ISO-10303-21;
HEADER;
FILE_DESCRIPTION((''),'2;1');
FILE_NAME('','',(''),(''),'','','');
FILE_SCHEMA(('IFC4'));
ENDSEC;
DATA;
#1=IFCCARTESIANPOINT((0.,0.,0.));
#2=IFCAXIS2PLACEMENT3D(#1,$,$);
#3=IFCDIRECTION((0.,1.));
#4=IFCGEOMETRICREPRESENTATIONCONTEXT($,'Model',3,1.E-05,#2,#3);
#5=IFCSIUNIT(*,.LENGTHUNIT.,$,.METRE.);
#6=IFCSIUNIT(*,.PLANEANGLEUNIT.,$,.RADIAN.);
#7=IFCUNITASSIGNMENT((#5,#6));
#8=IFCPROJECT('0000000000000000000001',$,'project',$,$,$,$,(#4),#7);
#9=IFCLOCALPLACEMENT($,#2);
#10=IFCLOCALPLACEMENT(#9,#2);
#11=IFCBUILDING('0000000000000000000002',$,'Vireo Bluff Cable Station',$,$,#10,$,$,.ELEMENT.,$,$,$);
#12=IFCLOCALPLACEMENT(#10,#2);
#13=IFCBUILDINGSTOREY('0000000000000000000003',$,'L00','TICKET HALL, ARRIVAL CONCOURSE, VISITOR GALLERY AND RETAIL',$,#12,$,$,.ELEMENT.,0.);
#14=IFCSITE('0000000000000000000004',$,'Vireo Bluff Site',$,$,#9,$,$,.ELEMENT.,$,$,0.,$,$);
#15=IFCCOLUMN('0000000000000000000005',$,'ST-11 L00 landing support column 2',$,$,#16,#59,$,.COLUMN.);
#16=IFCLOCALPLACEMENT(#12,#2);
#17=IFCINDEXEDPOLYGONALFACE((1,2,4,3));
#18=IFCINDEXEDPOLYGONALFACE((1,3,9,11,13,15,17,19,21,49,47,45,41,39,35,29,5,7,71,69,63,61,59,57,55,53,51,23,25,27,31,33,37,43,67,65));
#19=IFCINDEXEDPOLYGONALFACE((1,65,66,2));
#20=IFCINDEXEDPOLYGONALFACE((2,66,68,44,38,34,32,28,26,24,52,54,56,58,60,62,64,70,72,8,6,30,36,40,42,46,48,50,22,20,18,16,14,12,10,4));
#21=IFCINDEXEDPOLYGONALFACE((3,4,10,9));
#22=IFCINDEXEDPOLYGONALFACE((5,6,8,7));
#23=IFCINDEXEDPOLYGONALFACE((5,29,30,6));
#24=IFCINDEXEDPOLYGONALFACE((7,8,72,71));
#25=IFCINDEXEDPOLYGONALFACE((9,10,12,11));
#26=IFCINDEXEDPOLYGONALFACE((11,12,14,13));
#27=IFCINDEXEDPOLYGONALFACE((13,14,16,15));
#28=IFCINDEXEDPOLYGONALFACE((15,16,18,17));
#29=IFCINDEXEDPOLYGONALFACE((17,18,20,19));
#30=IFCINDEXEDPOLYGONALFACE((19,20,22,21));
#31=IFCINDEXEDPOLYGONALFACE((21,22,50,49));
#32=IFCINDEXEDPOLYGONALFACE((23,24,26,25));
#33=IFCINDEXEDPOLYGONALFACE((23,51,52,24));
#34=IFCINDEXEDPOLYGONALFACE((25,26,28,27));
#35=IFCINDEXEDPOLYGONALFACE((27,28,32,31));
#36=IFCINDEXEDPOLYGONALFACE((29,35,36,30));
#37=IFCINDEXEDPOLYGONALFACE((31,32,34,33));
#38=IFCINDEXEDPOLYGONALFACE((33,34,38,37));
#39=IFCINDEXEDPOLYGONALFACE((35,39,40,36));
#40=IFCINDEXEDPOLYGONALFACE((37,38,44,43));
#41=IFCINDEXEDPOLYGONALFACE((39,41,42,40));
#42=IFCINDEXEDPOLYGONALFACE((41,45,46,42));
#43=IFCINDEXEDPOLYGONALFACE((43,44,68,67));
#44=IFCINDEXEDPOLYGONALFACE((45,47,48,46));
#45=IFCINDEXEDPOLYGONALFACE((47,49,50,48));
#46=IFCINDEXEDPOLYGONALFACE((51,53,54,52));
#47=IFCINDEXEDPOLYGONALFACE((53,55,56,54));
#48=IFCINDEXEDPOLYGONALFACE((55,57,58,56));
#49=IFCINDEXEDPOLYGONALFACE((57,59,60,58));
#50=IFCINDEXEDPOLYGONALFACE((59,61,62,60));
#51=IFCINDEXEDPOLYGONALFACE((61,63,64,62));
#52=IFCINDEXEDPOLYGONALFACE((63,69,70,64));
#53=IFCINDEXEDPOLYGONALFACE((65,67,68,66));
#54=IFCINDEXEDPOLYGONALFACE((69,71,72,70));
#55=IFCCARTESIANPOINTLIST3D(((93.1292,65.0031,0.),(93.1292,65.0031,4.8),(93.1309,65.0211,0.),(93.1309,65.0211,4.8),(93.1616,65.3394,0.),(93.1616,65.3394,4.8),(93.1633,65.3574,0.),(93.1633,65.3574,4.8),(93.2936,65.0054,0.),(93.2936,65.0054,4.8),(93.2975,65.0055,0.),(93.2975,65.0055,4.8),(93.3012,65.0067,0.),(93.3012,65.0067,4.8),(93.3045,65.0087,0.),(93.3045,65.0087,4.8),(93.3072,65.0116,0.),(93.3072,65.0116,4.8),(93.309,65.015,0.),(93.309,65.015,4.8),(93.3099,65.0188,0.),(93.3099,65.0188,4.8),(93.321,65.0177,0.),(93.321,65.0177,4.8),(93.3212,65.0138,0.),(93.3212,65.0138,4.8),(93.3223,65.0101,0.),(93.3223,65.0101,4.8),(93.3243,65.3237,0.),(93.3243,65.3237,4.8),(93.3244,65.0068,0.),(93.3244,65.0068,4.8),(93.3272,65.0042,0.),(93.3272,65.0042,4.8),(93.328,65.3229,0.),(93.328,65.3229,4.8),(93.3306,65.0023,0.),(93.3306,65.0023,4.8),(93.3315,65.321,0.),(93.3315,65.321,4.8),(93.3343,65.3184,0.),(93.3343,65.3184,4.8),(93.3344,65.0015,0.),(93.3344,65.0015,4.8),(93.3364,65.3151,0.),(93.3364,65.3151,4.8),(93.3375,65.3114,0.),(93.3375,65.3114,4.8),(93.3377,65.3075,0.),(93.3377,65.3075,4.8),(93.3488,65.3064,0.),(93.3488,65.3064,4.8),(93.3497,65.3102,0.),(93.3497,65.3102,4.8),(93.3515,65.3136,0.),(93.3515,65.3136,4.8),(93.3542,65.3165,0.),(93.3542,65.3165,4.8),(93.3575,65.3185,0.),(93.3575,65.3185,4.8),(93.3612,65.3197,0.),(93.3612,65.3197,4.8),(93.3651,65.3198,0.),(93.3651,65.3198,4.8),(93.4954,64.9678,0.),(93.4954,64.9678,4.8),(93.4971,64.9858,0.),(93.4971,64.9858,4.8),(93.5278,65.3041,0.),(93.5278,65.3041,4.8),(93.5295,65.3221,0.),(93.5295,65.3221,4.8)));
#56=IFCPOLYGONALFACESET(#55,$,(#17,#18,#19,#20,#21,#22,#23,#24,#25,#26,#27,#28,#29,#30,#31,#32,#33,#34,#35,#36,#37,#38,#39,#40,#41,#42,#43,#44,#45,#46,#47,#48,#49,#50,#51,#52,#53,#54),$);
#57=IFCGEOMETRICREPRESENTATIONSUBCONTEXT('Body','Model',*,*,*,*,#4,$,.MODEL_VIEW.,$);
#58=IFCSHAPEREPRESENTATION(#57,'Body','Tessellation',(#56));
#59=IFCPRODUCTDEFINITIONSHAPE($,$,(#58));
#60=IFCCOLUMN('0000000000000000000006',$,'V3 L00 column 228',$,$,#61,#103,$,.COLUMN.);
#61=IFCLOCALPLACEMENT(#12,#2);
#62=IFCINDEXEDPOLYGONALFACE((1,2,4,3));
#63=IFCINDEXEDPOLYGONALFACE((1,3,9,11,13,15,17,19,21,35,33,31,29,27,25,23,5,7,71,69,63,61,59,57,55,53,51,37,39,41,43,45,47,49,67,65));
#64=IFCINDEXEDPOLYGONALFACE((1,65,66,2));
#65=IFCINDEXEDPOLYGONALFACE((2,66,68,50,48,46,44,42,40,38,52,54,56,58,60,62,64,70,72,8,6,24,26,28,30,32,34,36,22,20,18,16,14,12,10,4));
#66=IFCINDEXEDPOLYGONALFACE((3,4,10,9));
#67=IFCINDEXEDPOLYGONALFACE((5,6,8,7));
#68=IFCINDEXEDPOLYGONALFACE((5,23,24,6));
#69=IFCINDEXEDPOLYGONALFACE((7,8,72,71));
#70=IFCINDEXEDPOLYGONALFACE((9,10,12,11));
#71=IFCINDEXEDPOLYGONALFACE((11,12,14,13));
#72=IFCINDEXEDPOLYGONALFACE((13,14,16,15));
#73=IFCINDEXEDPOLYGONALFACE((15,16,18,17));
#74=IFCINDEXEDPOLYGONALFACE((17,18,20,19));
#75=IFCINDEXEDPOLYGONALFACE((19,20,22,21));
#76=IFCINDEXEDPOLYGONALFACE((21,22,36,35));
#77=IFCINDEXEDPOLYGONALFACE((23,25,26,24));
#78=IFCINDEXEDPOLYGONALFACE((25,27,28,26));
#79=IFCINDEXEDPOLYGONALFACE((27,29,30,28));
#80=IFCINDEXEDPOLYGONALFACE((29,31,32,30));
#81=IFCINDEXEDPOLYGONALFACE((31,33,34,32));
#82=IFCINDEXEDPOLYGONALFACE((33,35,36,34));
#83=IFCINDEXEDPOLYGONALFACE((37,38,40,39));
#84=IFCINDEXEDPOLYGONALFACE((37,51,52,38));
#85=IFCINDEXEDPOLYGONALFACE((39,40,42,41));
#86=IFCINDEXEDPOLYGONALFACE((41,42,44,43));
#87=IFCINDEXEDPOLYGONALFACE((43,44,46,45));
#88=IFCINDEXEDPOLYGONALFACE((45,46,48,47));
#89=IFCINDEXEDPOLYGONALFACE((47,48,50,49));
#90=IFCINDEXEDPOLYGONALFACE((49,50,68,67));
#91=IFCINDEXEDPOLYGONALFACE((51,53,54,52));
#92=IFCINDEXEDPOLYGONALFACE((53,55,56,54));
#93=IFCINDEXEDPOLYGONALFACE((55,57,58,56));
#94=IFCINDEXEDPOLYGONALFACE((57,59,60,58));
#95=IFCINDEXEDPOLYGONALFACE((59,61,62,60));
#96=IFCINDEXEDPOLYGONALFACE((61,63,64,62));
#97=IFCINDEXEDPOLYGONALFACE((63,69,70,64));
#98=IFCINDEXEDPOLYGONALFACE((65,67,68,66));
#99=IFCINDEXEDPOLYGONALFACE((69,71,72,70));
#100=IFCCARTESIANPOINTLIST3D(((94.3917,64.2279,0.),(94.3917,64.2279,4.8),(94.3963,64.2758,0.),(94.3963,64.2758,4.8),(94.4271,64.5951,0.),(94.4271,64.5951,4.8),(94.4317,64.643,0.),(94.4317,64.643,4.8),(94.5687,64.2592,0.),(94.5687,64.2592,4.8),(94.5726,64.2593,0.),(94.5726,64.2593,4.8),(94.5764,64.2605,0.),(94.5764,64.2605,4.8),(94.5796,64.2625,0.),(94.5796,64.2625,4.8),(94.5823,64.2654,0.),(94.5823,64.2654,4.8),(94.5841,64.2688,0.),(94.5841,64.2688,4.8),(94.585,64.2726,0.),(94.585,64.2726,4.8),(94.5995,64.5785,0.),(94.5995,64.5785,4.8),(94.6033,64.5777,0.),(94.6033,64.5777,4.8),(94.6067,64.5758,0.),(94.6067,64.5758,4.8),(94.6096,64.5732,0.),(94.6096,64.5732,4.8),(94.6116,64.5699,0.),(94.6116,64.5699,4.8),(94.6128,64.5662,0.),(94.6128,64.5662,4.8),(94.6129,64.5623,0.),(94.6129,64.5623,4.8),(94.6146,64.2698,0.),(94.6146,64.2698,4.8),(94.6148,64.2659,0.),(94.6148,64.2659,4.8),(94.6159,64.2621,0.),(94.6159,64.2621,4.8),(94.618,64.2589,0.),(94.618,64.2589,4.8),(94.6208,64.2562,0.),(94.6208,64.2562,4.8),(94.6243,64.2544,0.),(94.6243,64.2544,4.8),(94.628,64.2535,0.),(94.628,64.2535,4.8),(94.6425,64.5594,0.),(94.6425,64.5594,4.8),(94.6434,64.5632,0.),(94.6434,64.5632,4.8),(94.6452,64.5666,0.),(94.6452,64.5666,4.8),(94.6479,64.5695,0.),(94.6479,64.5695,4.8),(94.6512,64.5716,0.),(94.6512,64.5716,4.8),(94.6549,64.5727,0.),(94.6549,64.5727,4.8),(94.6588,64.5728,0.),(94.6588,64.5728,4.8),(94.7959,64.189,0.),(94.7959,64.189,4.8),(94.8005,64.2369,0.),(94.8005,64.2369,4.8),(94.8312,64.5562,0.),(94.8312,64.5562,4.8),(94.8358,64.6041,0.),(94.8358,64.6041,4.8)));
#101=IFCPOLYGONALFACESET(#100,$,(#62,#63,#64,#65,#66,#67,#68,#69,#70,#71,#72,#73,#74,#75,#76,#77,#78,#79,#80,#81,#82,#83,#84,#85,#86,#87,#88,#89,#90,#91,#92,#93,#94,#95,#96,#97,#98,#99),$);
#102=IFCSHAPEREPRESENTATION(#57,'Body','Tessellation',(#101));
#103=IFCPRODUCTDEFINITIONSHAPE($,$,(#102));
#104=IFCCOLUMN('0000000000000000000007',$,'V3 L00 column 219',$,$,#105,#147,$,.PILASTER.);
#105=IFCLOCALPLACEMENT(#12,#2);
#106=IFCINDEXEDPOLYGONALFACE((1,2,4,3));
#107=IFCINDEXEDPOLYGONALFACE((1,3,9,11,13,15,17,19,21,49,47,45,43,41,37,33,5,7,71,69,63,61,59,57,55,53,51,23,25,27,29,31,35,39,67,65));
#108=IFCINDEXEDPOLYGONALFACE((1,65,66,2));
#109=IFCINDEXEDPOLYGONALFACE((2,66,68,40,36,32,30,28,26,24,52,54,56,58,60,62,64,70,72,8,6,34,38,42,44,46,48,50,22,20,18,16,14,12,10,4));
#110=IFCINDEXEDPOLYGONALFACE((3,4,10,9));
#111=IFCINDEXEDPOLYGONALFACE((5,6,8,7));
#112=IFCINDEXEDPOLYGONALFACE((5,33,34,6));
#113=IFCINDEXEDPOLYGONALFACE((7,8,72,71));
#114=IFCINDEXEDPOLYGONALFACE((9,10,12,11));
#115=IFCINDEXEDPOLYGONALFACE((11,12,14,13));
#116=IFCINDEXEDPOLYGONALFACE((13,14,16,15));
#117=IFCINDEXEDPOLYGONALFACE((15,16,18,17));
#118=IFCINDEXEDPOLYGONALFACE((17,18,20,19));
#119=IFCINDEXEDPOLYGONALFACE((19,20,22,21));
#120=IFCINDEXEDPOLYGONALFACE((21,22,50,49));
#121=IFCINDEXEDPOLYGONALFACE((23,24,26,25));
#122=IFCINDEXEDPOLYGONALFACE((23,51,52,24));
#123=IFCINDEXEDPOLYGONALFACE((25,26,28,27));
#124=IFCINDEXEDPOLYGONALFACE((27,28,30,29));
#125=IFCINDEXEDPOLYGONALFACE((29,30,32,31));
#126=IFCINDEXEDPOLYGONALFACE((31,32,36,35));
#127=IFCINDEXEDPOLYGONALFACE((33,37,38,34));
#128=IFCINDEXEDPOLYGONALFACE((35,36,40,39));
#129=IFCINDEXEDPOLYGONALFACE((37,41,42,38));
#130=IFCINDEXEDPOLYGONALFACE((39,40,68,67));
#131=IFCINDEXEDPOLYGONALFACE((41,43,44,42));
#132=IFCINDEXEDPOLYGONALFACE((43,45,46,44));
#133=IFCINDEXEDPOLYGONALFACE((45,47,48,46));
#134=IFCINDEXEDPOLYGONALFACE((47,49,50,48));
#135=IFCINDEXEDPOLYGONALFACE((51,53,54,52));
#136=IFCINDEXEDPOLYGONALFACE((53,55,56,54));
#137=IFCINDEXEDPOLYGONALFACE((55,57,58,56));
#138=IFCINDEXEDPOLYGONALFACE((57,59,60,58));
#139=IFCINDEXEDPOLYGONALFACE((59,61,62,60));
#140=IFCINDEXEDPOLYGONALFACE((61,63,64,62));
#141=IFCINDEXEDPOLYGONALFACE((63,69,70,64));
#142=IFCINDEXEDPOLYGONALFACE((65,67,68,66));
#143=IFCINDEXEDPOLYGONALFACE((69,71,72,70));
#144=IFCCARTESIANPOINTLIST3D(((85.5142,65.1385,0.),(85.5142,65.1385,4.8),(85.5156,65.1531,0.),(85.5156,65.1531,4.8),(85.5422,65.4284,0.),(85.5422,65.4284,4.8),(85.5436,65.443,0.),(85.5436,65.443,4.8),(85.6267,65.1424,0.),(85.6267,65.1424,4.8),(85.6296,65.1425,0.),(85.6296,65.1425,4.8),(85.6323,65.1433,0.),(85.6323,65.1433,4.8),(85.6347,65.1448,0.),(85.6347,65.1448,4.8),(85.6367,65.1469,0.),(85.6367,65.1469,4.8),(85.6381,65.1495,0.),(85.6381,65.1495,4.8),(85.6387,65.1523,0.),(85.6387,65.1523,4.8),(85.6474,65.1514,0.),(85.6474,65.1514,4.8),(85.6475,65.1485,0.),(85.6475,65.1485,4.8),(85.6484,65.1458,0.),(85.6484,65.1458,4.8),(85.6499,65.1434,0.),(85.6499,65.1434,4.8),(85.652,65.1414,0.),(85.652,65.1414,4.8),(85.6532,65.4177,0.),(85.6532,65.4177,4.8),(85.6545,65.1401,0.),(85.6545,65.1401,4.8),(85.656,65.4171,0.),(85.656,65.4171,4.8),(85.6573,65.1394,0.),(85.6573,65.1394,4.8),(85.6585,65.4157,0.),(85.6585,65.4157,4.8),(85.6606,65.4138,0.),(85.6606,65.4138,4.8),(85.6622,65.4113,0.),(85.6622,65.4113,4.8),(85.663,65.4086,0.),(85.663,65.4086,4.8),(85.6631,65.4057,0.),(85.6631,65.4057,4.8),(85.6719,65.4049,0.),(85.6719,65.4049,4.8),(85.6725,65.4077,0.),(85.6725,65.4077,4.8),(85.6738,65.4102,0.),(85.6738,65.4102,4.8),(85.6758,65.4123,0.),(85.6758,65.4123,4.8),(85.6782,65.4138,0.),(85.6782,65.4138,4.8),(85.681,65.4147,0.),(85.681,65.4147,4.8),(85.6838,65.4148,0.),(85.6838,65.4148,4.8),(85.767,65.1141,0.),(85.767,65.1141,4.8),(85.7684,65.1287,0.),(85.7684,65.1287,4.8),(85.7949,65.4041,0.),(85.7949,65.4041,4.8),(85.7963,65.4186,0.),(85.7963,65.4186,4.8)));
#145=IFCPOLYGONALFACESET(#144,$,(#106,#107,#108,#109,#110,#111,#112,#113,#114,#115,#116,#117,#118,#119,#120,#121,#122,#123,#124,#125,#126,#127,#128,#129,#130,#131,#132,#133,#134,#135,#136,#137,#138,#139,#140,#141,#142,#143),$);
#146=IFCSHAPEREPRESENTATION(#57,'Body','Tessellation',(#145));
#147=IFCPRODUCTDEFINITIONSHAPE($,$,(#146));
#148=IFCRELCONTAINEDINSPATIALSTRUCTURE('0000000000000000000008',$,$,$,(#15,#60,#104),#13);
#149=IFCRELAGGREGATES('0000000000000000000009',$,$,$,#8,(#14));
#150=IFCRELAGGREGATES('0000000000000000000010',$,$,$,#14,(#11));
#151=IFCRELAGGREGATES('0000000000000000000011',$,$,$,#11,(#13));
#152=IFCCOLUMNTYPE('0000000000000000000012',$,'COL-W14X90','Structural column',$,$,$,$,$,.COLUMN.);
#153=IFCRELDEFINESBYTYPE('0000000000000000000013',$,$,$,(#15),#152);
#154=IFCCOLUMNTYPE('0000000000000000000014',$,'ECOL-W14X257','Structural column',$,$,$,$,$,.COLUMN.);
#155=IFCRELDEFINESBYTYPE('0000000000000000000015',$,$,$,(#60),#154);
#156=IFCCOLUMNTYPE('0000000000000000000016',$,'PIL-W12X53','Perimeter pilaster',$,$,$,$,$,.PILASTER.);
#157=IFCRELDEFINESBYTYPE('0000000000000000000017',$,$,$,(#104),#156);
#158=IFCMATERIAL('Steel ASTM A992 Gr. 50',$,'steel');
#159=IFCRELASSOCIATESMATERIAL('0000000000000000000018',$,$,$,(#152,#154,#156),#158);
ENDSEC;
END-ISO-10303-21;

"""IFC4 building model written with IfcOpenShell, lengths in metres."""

from ifc_helpers import new_model, si_unit, direction, frame, origin, origin_2d, place, context, subcontext, project, spatial, i_section, extrude, material, material_profile, profile_set, type_object, element, save


model = new_model("IFC4")

# Units and contexts
model_context = context("Model", 3, precision=1e-05, world=origin(), true_north=direction((0.0, 1.0)))
body_context = subcontext(model_context, "Body", "Model", "MODEL_VIEW")
ifc_project = project(units=[si_unit("LENGTHUNIT", "METRE"), si_unit("PLANEANGLEUNIT", "RADIAN")], contexts=[model_context])

# Site, building, storey
site_placement = place(None, origin())
site = spatial("IfcSite", under=ifc_project, at=site_placement, Name="Vireo Bluff Site", CompositionType="ELEMENT", RefElevation=0.0)
building_placement = place(site_placement, origin())
building = spatial("IfcBuilding", under=site, at=building_placement, Name="Vireo Bluff Cable Station", CompositionType="ELEMENT")
storey_placement = place(building_placement, origin())
storey = spatial("IfcBuildingStorey", under=building, at=storey_placement, Name="L00", Description="TICKET HALL, ARRIVAL CONCOURSE, VISITOR GALLERY AND RETAIL", CompositionType="ELEMENT", Elevation=0.0)

# Columns
ifc_material_1 = material(Name="Steel ASTM A992 Gr. 50", Category="steel")
ifc_material_profile_1 = material_profile(ifc_material_1, i_section(OverallWidth=0.3679, OverallDepth=0.356, WebThickness=0.0112, FlangeThickness=0.0181, FilletRadius=0.0149, at=origin_2d()), Name="W14X90")
ifc_profile_set_1 = profile_set([ifc_material_profile_1], Name="Steel ASTM A992 Gr. 50")
column_type_1 = type_object("IfcColumnType", Name="COL-W14X90", Description="Structural column", PredefinedType="COLUMN", material=ifc_profile_set_1)
for number, where, z_axis, x_axis, name in (
    (1, (93.3293, 65.1626, 0.0), (0.0, 0.0, 1.0), (0.995396, -0.095846, 0.0), "ST-11 L00 landing support column 2"),
):
    element("IfcColumn", number, at=place(storey_placement, frame(where, z_axis=z_axis, x_axis=x_axis)), inside=storey, type_object=column_type_1, Name=name, PredefinedType="COLUMN", context=body_context, shape_type="SweptSolid", body=[
        extrude(i_section(OverallWidth=0.3679, OverallDepth=0.356, WebThickness=0.0112, FlangeThickness=0.0181, FilletRadius=0.0149, at=origin_2d()), origin(), (0.0, 0.0, 1.0), 4.8),
    ])
ifc_material_profile_2 = material_profile(ifc_material_1, i_section(OverallWidth=0.406, OverallDepth=0.417, WebThickness=0.0298, FlangeThickness=0.0481, FilletRadius=0.0149, at=origin_2d()), Name="W14X257")
ifc_profile_set_2 = profile_set([ifc_material_profile_2], Name="Steel ASTM A992 Gr. 50")
column_type_2 = type_object("IfcColumnType", Name="ECOL-W14X257", Description="Structural column", PredefinedType="COLUMN", material=ifc_profile_set_2)
column_1_placement = place(storey_placement, frame((94.6138, 64.416, 0.0), z_axis=(0.0, 0.0, 1.0), x_axis=(0.995396, -0.095846, 0.0)))
element("IfcColumn", 2, at=column_1_placement, inside=storey, type_object=column_type_2, Name="V3 L00 column 228", PredefinedType="COLUMN", context=body_context, shape_type="SweptSolid", body=[
    extrude(i_section(OverallWidth=0.406, OverallDepth=0.417, WebThickness=0.0298, FlangeThickness=0.0481, FilletRadius=0.0149, at=origin_2d()), origin(), (0.0, 0.0, 1.0), 4.8),
])
ifc_material_profile_3 = material_profile(ifc_material_1, i_section(OverallWidth=0.2539, OverallDepth=0.3059, WebThickness=0.0088, FlangeThickness=0.0146, FilletRadius=0.011, at=origin_2d()), Name="W12X53")
ifc_profile_set_3 = profile_set([ifc_material_profile_3], Name="Steel ASTM A992 Gr. 50")
column_type_3 = type_object("IfcColumnType", Name="PIL-W12X53", Description="Perimeter pilaster", PredefinedType="PILASTER", material=ifc_profile_set_3)
column_2_placement = place(storey_placement, frame((85.6553, 65.2786, 0.0), z_axis=(0.0, 0.0, 1.0), x_axis=(0.995396, -0.095846, 0.0)))
element("IfcColumn", 3, at=column_2_placement, inside=storey, type_object=column_type_3, Name="V3 L00 column 219", PredefinedType="PILASTER", context=body_context, shape_type="SweptSolid", body=[
    extrude(i_section(OverallWidth=0.2539, OverallDepth=0.3059, WebThickness=0.0088, FlangeThickness=0.0146, FilletRadius=0.011, at=origin_2d()), origin(), (0.0, 0.0, 1.0), 4.8),
])

save(model, "model.ifc")
